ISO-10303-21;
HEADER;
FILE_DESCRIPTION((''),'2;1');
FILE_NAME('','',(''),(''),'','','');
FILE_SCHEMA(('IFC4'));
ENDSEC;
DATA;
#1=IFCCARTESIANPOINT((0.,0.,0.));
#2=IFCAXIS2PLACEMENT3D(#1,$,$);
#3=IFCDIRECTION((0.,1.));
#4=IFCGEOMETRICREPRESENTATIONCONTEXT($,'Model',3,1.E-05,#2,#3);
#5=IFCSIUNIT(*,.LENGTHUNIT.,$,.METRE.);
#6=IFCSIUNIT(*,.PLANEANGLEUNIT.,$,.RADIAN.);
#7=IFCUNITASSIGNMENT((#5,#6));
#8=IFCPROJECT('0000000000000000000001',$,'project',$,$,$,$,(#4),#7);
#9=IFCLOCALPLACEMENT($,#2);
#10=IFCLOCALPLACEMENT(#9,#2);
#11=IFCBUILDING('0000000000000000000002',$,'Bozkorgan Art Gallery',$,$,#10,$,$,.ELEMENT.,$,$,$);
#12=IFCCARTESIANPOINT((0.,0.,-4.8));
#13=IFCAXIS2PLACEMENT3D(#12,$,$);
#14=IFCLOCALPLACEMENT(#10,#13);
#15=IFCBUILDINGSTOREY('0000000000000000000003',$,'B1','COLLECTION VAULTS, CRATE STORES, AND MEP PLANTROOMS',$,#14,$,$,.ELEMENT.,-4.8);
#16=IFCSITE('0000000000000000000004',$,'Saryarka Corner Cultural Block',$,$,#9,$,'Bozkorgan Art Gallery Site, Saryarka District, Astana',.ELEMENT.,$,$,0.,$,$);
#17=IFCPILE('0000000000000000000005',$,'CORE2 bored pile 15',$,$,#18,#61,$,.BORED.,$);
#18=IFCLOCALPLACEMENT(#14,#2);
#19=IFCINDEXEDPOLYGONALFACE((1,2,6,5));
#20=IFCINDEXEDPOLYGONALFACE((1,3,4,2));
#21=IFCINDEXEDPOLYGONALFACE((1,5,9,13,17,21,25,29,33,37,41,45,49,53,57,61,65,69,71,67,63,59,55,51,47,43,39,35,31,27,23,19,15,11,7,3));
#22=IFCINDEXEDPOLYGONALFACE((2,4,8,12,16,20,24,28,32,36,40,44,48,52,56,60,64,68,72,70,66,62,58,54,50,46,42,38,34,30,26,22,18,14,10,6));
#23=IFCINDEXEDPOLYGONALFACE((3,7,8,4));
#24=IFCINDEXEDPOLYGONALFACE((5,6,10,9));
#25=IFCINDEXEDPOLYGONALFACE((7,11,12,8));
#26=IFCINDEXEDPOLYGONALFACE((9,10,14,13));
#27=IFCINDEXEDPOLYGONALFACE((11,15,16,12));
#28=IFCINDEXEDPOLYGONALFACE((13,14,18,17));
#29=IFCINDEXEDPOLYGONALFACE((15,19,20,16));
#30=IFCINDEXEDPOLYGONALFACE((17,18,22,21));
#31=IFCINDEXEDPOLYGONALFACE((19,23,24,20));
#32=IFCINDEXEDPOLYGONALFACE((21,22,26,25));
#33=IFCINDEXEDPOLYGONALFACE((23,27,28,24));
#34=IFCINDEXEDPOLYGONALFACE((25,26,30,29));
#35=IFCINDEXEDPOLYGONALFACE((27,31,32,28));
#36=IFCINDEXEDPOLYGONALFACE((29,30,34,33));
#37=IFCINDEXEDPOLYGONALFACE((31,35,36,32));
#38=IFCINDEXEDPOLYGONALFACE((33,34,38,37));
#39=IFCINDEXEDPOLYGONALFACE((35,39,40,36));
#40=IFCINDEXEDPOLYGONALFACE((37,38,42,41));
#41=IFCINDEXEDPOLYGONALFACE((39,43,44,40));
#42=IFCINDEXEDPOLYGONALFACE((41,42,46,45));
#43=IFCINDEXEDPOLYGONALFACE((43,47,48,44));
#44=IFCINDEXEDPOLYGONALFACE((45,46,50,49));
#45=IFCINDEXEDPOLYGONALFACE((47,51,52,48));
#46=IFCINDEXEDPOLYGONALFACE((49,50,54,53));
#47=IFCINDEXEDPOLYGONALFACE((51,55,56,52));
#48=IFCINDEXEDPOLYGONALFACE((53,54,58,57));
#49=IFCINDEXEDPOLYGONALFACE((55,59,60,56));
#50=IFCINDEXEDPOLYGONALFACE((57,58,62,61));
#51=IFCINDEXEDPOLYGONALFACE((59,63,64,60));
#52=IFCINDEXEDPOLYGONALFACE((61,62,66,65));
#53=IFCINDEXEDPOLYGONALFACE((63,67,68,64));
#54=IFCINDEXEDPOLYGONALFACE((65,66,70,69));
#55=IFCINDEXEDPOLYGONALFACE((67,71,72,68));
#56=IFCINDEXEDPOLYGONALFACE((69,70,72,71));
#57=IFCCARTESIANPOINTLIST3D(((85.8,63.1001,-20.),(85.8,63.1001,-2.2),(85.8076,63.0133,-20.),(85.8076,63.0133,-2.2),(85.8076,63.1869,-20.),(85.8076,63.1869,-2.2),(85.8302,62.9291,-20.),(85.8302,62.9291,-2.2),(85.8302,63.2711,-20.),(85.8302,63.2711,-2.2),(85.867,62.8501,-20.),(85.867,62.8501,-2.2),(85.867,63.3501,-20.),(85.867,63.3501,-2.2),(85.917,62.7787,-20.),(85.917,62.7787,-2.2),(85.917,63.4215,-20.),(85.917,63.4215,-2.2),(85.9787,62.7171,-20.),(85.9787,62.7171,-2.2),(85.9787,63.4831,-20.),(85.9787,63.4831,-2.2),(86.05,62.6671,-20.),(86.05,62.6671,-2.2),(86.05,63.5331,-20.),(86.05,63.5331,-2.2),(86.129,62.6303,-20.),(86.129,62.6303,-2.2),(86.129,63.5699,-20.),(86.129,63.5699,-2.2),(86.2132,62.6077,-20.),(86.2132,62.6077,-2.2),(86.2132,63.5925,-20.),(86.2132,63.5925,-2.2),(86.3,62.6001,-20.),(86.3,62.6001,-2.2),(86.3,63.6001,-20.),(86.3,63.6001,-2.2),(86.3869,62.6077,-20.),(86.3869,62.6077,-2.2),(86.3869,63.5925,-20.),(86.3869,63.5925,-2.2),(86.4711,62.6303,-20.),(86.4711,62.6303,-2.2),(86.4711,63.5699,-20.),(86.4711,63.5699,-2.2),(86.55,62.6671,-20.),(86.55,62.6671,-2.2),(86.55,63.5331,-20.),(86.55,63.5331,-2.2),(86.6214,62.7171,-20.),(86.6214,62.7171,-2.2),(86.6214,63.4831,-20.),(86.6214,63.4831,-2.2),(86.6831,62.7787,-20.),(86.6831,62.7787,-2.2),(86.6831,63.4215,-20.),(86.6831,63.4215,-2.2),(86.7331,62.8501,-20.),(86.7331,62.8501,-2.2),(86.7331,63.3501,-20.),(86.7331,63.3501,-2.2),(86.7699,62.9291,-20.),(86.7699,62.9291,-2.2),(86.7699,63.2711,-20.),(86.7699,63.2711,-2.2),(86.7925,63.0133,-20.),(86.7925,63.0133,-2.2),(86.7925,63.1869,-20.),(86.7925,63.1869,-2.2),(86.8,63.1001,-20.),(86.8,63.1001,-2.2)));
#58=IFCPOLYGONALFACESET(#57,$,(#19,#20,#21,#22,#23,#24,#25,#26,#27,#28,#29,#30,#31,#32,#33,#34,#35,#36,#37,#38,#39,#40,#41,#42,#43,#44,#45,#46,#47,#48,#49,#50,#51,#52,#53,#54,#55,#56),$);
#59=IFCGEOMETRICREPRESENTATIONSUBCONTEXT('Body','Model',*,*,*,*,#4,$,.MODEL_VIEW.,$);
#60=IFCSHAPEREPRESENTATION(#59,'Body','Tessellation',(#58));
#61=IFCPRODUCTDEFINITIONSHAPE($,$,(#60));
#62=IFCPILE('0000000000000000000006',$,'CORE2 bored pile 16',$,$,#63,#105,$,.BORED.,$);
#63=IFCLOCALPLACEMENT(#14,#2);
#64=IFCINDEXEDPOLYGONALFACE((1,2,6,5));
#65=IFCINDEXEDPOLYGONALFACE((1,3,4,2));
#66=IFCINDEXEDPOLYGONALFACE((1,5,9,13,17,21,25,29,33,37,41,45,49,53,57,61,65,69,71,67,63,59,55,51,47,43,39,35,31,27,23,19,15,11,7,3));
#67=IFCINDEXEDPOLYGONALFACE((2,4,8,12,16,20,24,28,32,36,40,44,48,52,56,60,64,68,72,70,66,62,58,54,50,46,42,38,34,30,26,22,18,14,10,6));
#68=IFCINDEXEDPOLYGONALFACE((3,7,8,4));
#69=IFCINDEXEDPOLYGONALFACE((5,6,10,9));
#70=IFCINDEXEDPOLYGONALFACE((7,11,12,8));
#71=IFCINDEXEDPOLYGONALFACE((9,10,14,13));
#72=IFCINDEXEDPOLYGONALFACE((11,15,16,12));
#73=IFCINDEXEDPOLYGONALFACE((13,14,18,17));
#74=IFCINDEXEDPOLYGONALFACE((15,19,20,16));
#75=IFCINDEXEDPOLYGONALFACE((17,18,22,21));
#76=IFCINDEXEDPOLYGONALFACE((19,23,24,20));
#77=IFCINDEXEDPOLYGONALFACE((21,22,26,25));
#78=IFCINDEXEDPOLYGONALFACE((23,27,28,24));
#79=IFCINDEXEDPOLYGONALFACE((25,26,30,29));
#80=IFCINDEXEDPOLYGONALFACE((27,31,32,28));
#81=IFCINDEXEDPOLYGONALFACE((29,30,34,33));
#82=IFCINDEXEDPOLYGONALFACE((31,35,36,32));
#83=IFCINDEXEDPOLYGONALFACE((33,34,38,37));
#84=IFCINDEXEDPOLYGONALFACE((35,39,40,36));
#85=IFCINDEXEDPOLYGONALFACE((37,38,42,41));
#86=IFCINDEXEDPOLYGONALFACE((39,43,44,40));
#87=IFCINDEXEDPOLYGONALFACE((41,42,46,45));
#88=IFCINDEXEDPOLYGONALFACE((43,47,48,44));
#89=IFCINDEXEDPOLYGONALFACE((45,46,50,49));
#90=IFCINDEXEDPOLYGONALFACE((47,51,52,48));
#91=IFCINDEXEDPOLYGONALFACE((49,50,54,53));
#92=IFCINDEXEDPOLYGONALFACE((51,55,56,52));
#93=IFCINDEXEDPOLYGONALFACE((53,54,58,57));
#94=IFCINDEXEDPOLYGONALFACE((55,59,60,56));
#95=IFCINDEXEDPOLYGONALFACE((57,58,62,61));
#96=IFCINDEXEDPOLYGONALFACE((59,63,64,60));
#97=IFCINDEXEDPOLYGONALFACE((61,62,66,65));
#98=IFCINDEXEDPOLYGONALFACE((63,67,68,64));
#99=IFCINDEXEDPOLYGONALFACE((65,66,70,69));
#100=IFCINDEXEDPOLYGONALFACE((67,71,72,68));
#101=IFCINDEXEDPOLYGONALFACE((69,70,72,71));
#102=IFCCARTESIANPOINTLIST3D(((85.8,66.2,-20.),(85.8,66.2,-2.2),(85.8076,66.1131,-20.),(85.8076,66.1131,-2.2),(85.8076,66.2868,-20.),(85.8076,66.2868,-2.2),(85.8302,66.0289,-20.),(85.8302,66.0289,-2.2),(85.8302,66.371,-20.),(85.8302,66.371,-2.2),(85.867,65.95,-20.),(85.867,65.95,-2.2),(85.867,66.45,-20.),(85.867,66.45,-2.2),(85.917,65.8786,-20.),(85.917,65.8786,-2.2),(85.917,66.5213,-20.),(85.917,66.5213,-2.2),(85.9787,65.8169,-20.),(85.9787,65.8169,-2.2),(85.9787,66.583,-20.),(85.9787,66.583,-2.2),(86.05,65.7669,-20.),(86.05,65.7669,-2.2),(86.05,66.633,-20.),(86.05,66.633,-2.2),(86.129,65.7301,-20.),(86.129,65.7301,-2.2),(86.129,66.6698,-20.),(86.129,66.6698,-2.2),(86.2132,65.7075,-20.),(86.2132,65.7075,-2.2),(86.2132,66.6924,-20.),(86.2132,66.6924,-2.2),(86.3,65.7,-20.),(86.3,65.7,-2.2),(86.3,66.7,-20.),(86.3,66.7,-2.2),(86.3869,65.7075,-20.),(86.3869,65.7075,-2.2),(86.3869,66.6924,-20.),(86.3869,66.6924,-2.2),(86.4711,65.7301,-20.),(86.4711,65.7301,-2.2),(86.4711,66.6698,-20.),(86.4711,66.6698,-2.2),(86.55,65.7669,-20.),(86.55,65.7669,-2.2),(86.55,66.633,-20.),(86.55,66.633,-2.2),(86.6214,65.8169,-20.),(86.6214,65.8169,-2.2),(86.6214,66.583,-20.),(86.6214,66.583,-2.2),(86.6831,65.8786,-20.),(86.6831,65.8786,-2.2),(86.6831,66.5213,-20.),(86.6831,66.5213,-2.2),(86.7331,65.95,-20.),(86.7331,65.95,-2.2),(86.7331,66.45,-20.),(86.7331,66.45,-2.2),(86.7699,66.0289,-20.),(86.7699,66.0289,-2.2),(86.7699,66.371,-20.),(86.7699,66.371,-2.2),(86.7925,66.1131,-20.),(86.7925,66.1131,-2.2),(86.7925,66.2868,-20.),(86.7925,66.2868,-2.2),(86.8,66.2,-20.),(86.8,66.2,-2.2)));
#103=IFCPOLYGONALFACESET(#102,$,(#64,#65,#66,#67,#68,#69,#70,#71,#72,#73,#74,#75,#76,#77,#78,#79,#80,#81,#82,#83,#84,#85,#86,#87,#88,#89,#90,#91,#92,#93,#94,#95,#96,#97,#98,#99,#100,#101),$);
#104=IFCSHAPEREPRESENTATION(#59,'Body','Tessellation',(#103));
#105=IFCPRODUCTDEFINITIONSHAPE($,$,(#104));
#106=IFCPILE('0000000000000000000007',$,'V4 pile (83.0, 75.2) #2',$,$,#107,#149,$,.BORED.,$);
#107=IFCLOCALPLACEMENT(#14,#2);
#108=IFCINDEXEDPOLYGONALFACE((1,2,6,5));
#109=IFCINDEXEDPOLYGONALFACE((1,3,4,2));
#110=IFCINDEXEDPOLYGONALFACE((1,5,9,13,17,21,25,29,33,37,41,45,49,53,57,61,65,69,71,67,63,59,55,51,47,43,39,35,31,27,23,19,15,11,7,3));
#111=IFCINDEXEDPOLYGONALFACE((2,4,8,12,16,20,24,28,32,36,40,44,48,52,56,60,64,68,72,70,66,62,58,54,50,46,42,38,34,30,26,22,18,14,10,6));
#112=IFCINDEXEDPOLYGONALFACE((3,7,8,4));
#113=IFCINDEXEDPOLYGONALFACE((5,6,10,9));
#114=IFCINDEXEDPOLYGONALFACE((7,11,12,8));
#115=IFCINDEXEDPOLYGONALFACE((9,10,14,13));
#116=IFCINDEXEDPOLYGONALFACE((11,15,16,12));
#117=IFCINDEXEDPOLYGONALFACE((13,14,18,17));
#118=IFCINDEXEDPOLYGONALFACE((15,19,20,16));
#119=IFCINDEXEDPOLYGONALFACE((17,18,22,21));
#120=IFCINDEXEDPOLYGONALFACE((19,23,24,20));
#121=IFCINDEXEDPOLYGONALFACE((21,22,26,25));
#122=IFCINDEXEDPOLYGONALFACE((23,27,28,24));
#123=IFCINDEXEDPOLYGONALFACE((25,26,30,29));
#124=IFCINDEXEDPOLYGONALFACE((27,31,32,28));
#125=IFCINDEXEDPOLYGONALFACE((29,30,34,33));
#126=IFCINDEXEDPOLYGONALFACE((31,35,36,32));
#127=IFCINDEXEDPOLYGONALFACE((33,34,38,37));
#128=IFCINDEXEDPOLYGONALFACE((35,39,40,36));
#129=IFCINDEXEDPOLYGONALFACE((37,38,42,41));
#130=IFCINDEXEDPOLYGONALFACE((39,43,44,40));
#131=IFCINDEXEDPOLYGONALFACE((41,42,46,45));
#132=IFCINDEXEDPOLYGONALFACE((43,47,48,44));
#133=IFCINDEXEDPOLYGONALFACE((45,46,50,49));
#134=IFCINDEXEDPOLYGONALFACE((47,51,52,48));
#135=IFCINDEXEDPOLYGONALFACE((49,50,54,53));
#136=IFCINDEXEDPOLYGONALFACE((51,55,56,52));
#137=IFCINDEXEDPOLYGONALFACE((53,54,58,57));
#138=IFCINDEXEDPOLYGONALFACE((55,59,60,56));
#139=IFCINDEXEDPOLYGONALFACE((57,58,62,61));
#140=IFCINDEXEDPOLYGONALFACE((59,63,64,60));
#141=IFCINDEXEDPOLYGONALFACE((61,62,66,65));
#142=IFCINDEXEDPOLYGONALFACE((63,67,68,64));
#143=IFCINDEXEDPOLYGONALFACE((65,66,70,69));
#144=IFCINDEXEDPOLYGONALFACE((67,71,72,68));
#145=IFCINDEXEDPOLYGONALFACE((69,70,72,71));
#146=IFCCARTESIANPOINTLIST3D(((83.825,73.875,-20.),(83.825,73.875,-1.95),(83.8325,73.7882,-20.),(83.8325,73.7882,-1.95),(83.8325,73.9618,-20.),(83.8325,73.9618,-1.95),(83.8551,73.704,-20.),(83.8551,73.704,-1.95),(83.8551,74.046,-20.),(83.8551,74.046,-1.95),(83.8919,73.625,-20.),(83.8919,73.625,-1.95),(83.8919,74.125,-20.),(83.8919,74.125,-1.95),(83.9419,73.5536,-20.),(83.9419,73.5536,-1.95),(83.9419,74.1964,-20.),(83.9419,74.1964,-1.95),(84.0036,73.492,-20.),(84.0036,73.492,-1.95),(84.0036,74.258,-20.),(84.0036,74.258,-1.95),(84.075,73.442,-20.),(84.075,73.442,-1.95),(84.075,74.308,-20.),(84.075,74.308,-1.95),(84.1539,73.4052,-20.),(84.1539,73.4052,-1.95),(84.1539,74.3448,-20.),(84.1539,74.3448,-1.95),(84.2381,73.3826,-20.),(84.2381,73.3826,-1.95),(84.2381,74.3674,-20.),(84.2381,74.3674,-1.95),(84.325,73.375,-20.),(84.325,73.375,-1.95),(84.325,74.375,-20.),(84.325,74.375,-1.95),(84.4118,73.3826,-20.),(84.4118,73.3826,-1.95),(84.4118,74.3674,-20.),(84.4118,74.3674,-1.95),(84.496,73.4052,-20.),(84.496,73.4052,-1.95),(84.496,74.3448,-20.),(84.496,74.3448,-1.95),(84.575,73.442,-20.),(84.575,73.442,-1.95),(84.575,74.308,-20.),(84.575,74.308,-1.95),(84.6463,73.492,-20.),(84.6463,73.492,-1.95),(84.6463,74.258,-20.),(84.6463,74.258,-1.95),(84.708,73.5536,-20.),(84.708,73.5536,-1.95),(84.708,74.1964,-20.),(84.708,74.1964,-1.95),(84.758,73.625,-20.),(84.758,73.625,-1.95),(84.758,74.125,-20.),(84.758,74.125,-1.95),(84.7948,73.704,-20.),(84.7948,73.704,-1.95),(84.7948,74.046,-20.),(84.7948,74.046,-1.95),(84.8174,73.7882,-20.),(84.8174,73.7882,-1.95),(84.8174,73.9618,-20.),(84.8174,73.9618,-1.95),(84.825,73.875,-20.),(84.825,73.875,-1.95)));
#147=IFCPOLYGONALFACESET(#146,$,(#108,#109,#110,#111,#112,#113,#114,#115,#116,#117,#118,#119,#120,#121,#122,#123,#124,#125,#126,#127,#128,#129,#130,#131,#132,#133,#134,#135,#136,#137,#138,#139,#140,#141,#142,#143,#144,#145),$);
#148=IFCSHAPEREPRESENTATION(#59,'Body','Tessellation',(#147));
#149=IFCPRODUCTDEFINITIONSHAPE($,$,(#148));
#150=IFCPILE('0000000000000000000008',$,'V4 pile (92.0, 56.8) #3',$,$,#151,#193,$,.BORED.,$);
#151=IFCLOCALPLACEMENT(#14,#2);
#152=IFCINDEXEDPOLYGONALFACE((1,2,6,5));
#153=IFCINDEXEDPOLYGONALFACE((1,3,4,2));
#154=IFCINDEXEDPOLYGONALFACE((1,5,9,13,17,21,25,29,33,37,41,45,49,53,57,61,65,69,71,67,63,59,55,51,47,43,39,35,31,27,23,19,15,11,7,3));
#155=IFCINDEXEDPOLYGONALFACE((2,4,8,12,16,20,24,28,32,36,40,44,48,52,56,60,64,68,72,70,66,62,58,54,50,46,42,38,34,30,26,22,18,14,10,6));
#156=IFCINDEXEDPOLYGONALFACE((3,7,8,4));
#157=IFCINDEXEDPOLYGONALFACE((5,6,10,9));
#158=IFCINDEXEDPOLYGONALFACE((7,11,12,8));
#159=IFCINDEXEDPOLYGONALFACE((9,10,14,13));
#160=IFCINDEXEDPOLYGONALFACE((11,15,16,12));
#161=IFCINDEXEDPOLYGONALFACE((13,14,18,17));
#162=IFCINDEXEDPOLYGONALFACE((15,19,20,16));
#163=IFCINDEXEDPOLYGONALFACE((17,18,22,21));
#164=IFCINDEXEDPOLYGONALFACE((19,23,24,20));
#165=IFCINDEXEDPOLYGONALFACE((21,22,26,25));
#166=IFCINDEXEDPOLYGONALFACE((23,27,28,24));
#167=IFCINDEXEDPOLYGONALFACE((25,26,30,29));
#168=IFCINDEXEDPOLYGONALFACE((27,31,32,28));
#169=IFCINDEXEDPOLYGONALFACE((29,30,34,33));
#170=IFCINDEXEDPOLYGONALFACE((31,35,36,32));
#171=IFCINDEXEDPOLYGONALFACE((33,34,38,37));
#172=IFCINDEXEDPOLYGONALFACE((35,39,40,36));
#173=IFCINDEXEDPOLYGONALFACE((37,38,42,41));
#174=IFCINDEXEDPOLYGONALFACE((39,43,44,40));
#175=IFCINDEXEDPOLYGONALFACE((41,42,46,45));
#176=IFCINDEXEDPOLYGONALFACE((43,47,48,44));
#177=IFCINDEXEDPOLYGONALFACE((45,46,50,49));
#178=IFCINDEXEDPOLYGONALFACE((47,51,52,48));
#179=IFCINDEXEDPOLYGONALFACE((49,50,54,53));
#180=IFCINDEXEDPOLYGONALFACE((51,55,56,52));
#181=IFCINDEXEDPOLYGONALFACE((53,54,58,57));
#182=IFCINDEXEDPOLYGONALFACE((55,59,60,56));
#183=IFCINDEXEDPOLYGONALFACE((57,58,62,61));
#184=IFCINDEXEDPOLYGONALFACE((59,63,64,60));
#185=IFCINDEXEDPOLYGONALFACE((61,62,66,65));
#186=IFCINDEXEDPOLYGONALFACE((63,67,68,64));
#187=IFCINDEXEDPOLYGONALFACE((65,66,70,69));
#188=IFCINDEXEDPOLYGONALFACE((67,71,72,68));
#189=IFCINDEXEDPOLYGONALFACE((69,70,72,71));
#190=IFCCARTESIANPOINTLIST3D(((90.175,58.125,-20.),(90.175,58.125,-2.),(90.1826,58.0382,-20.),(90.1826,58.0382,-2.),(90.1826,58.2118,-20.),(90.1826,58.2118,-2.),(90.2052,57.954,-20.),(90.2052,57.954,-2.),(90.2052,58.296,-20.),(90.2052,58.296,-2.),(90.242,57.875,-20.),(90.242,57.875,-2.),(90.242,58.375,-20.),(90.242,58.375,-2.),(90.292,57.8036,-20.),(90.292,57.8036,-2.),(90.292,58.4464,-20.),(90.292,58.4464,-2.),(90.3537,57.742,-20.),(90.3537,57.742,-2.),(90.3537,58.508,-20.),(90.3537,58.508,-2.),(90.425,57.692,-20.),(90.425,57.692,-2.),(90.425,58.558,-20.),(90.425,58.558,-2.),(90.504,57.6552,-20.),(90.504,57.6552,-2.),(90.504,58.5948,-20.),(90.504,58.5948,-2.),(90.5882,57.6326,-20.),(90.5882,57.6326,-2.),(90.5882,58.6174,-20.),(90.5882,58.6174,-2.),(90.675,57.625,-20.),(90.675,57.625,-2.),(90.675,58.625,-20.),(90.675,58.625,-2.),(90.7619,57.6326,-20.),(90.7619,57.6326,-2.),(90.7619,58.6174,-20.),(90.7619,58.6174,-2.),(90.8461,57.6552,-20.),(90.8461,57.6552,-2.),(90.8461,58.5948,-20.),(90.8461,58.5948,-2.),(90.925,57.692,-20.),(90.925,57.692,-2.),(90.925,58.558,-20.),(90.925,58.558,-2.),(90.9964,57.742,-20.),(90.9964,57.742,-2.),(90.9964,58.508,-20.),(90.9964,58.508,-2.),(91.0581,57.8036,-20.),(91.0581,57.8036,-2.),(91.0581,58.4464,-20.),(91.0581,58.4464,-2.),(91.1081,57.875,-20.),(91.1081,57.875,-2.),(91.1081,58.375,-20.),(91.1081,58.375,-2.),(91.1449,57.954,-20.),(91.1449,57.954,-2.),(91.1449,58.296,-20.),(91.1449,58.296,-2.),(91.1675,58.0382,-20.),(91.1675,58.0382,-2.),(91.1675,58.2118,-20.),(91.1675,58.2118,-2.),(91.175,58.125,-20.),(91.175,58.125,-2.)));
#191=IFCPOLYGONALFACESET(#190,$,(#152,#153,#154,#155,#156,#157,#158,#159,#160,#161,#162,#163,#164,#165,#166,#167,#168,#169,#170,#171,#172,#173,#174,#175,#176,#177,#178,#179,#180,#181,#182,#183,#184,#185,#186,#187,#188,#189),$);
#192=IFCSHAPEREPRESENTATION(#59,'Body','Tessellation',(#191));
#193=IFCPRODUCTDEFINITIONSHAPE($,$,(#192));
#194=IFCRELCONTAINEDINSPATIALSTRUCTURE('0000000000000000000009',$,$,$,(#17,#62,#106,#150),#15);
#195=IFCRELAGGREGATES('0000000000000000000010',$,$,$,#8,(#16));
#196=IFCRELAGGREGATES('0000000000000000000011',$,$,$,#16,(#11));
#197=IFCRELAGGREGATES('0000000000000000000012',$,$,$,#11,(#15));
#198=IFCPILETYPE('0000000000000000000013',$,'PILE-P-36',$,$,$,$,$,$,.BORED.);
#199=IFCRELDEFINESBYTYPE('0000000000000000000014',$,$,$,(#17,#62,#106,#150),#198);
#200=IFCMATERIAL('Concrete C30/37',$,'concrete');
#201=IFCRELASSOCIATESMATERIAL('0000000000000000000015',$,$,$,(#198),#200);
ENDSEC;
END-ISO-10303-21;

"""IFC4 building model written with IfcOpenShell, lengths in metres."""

from ifc_helpers import new_model, si_unit, direction, frame, origin, origin_2d, place, context, subcontext, project, spatial, circle, extrude, material, material_profile, profile_set, type_object, element, save


model = new_model("IFC4")

# Units and contexts
model_context = context("Model", 3, precision=1e-05, world=origin(), true_north=direction((0.0, 1.0)))
body_context = subcontext(model_context, "Body", "Model", "MODEL_VIEW")
ifc_project = project(units=[si_unit("LENGTHUNIT", "METRE"), si_unit("PLANEANGLEUNIT", "RADIAN")], contexts=[model_context])

# Site, building, storey
site_placement = place(None, origin())
site = spatial("IfcSite", under=ifc_project, at=site_placement, Name="Saryarka Corner Cultural Block", LongName="Bozkorgan Art Gallery Site, Saryarka District, Astana", CompositionType="ELEMENT", RefElevation=0.0)
building_placement = place(site_placement, origin())
building = spatial("IfcBuilding", under=site, at=building_placement, Name="Bozkorgan Art Gallery", CompositionType="ELEMENT")
storey_placement = place(building_placement, frame((0.0, 0.0, -4.8)))
storey = spatial("IfcBuildingStorey", under=building, at=storey_placement, Name="B1", Description="COLLECTION VAULTS, CRATE STORES, AND MEP PLANTROOMS", CompositionType="ELEMENT", Elevation=-4.8)

# Shared definitions
ifc_material_1 = material(Name="Concrete C30/37", Category="concrete")

# Piles
ifc_material_profile_1 = material_profile(ifc_material_1, circle(Radius=0.5, at=origin_2d()), Name="PILE D1000")
ifc_profile_set_1 = profile_set([ifc_material_profile_1], Name="Concrete C30/37")
pile_type = type_object("IfcPileType", Name="PILE-P-36", PredefinedType="BORED", material=ifc_profile_set_1)
for number, where, z_axis, x_axis, name in (
    (1, (86.3, 63.1001, -2.2), (0.0, 0.0, -1.0), (1.0, 0.0, 0.0), "CORE2 bored pile 15"),
    (2, (86.3, 66.2, -2.2), (0.0, 0.0, -1.0), (1.0, 0.0, 0.0), "CORE2 bored pile 16"),
):
    element("IfcPile", number, at=place(storey_placement, frame(where, z_axis=z_axis, x_axis=x_axis)), inside=storey, type_object=pile_type, Name=name, PredefinedType="BORED", context=body_context, shape_type="SweptSolid", body=[
        extrude(circle(Radius=0.5, at=origin_2d()), origin(), (0.0, 0.0, 1.0), 17.8),
    ])
pile_placement = place(storey_placement, frame((84.325, 73.875, -1.95), z_axis=(0.0, 0.0, -1.0), x_axis=(1.0, 0.0, 0.0)))
element("IfcPile", 3, at=pile_placement, inside=storey, type_object=pile_type, Name="V4 pile (83.0, 75.2) #2", PredefinedType="BORED", context=body_context, shape_type="SweptSolid", body=[
    extrude(circle(Radius=0.5, at=origin_2d()), origin(), (0.0, 0.0, 1.0), 18.05),
])
for number, where, z_axis, x_axis, name in (
    (4, (90.675, 58.125, -2.0), (0.0, 0.0, -1.0), (1.0, 0.0, 0.0), "V4 pile (92.0, 56.8) #3"),
):
    element("IfcPile", number, at=place(storey_placement, frame(where, z_axis=z_axis, x_axis=x_axis)), inside=storey, type_object=pile_type, Name=name, PredefinedType="BORED", context=body_context, shape_type="SweptSolid", body=[
        extrude(circle(Radius=0.5, at=origin_2d()), origin(), (0.0, 0.0, 1.0), 18.0),
    ])

save(model, "model.ifc")
